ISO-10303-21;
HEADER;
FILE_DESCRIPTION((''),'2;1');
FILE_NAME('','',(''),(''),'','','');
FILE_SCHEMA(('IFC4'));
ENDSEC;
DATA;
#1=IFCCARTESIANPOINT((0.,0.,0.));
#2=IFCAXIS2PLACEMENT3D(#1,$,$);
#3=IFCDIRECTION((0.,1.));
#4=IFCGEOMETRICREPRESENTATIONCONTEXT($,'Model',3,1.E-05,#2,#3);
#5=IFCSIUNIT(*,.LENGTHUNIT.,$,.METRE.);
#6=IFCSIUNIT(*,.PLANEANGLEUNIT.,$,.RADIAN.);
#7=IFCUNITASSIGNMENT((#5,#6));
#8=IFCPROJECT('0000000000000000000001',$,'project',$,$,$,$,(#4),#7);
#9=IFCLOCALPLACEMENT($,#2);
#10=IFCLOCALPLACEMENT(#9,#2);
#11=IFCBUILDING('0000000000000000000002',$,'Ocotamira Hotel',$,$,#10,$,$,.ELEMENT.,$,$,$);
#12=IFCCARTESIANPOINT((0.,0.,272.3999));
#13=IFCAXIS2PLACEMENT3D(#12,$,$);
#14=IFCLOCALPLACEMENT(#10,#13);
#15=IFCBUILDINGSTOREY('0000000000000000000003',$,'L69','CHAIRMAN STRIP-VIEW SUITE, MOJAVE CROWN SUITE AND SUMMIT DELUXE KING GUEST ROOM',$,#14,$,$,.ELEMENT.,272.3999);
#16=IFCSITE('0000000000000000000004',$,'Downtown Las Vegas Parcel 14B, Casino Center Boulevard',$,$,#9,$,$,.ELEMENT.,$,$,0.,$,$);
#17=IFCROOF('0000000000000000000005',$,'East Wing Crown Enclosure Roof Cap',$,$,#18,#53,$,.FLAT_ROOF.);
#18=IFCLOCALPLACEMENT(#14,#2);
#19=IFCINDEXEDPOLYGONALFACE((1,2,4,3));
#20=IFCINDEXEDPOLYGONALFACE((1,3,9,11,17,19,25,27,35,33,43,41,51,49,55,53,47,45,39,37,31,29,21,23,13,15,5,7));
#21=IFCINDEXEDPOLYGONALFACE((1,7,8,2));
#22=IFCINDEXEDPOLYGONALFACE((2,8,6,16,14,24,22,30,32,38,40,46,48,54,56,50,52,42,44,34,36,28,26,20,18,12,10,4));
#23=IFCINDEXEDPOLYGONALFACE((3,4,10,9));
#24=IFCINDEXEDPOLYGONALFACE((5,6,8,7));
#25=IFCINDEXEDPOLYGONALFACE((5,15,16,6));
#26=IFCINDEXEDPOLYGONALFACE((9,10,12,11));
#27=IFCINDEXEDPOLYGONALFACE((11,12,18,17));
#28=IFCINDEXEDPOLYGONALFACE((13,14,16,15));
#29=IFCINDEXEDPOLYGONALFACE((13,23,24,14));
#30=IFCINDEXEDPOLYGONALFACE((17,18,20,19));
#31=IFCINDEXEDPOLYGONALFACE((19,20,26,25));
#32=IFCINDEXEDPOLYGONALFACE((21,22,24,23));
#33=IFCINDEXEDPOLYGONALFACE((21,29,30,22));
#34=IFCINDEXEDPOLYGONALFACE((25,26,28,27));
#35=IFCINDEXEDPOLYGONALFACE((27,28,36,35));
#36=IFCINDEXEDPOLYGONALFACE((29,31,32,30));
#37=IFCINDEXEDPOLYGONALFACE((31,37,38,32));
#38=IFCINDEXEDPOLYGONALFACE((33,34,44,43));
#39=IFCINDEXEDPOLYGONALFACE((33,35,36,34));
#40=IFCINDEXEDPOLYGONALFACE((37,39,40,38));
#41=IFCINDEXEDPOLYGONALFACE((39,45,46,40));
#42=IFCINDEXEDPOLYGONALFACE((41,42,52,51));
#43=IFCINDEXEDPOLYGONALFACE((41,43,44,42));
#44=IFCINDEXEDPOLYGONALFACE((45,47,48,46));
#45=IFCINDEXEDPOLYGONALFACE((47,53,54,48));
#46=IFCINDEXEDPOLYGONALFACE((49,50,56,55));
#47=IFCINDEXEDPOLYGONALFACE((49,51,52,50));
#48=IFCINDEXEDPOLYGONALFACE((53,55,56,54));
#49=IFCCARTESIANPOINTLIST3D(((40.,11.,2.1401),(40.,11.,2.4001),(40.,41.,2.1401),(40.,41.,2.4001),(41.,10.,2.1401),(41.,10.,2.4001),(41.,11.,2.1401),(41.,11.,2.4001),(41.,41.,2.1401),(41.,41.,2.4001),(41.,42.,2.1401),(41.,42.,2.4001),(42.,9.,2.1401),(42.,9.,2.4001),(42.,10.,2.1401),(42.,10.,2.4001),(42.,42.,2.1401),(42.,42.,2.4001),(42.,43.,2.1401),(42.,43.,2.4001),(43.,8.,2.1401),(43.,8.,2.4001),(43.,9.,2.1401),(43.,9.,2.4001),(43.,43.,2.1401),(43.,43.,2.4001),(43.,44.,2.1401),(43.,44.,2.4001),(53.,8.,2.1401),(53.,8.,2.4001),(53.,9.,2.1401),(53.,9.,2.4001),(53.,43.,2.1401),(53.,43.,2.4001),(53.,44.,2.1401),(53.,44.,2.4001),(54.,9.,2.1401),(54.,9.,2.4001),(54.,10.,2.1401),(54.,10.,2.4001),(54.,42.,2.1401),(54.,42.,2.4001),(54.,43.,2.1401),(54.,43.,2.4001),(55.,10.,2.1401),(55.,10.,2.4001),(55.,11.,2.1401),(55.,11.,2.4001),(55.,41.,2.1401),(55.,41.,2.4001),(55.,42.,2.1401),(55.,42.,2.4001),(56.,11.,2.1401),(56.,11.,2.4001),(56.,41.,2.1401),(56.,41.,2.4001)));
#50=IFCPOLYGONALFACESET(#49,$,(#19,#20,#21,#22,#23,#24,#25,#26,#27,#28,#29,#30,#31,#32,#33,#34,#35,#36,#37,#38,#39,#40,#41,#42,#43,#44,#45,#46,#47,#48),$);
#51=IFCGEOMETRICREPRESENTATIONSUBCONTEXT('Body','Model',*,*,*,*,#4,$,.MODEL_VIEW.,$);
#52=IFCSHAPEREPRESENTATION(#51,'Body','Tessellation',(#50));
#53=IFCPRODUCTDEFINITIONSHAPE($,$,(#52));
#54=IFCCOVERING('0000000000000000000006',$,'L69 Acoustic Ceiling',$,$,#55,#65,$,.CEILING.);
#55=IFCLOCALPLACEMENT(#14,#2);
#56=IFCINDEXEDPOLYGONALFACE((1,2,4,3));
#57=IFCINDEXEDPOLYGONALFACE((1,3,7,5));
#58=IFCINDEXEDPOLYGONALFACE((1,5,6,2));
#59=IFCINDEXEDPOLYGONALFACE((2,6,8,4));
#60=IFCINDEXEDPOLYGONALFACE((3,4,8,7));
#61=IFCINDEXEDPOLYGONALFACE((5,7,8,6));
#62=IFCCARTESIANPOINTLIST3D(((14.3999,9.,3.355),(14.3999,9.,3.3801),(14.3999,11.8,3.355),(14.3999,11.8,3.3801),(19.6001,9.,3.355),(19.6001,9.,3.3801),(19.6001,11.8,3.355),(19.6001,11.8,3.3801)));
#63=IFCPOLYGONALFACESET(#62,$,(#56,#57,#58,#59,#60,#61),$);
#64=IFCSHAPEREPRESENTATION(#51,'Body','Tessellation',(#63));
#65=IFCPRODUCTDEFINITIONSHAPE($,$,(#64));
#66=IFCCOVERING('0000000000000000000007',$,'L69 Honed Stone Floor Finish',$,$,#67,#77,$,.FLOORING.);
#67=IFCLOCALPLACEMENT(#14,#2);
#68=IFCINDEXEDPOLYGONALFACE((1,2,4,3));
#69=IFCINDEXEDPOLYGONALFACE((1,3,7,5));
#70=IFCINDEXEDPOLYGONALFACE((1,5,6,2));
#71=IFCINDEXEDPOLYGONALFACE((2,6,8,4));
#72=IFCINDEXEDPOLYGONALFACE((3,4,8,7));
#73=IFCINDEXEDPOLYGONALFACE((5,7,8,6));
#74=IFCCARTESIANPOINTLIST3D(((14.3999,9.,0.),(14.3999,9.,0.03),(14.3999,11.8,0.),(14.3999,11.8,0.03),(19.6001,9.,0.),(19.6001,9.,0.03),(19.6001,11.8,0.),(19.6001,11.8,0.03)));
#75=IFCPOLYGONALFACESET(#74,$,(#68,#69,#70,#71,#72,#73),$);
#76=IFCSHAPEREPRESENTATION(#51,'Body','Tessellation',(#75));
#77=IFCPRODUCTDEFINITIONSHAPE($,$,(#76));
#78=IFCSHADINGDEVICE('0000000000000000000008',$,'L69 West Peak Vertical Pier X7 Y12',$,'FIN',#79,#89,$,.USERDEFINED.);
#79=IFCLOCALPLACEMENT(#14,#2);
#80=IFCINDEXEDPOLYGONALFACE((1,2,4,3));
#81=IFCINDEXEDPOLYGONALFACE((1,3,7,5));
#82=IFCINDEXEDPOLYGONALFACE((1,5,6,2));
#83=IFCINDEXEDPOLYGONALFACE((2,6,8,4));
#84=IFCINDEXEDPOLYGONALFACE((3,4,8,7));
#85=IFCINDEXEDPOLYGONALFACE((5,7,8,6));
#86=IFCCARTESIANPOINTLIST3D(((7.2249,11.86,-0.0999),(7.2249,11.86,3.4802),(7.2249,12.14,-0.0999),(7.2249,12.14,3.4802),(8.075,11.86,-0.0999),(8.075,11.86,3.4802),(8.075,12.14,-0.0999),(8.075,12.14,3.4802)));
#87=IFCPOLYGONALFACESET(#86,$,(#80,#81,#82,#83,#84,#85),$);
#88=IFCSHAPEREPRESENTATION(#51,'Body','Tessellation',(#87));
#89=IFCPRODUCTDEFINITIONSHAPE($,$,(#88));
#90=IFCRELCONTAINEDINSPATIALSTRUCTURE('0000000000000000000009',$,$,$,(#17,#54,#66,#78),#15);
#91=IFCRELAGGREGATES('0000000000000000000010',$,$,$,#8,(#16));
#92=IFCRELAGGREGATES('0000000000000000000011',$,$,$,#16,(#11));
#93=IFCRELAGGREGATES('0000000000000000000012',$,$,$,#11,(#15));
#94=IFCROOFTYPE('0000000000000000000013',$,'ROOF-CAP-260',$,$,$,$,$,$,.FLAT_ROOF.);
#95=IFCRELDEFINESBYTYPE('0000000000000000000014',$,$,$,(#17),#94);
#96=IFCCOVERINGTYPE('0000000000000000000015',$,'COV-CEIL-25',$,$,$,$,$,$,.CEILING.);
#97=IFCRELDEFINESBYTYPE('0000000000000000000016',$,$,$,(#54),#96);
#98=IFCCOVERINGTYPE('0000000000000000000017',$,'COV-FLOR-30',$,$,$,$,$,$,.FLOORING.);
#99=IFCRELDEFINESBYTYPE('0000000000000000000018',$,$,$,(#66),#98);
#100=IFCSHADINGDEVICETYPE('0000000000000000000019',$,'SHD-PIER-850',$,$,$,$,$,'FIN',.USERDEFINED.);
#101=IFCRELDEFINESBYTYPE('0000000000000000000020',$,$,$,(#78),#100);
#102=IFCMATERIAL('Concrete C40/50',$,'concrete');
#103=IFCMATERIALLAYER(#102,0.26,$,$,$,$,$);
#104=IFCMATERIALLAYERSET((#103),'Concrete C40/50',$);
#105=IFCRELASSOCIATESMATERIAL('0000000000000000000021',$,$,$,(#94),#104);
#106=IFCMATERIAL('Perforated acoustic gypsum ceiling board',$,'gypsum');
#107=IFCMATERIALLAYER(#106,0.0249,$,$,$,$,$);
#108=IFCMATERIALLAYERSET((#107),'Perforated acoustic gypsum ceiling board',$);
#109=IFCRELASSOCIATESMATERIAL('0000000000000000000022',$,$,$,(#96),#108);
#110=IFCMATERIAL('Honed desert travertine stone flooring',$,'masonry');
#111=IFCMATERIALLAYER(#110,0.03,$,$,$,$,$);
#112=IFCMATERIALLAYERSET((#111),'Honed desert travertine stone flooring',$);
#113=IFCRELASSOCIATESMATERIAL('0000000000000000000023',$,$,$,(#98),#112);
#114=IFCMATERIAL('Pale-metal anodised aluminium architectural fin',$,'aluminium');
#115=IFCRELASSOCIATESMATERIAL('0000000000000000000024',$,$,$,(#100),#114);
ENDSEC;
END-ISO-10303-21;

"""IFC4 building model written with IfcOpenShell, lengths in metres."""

from ifc_helpers import new_model, si_unit, direction, frame, origin, origin_2d, place, context, subcontext, project, spatial, polyline, rectangle, outline, extrude, source, transform, mapped, material, layer, layer_set, type_object, element, save


model = new_model("IFC4")

# Units and contexts
model_context = context("Model", 3, precision=1e-05, world=origin(), true_north=direction((0.0, 1.0)))
body_context = subcontext(model_context, "Body", "Model", "MODEL_VIEW")
ifc_project = project(units=[si_unit("LENGTHUNIT", "METRE"), si_unit("PLANEANGLEUNIT", "RADIAN")], contexts=[model_context])

# Site, building, storey
site_placement = place(None, origin())
site = spatial("IfcSite", under=ifc_project, at=site_placement, Name="Downtown Las Vegas Parcel 14B, Casino Center Boulevard", CompositionType="ELEMENT", RefElevation=0.0)
building_placement = place(site_placement, origin())
building = spatial("IfcBuilding", under=site, at=building_placement, Name="Ocotamira Hotel", CompositionType="ELEMENT")
storey_placement = place(building_placement, frame((0.0, 0.0, 272.3999)))
storey = spatial("IfcBuildingStorey", under=building, at=storey_placement, Name="L69", Description="CHAIRMAN STRIP-VIEW SUITE, MOJAVE CROWN SUITE AND SUMMIT DELUXE KING GUEST ROOM", CompositionType="ELEMENT", Elevation=272.3999)

# Shared definitions
ifc_material_1 = material(Name="Concrete C40/50", Category="concrete")

# Roof
ifc_layer_1 = layer(ifc_material_1, 0.26)
ifc_layer_set_1 = layer_set([ifc_layer_1], Name="Concrete C40/50")
roof_type = type_object("IfcRoofType", Name="ROOF-CAP-260", PredefinedType="FLAT_ROOF", material=ifc_layer_set_1)
roof_placement = place(storey_placement, frame((0.0, 0.0, 2.1401)))
element("IfcRoof", 1, at=roof_placement, inside=storey, type_object=roof_type, Name="East Wing Crown Enclosure Roof Cap", PredefinedType="FLAT_ROOF", context=body_context, shape_type="SweptSolid", body=[
    extrude(outline(polyline([(43.0, 8.0), (53.0, 8.0), (53.0, 9.0), (54.0, 9.0), (54.0, 10.0), (55.0, 10.0), (55.0, 11.0), (56.0, 11.0), (56.0, 41.0), (55.0, 41.0), (55.0, 42.0), (54.0, 42.0), (54.0, 43.0), (53.0, 43.0), (53.0, 44.0), (43.0, 44.0), (43.0, 43.0), (42.0, 43.0), (42.0, 42.0), (41.0, 42.0), (41.0, 41.0), (40.0, 41.0), (40.0, 11.0), (41.0, 11.0), (41.0, 10.0), (42.0, 10.0), (42.0, 9.0), (43.0, 9.0), (43.0, 8.0)])), origin(), (0.0, 0.0, 1.0), 0.26),
])

# Coverings
ifc_material_2 = material(Name="Perforated acoustic gypsum ceiling board", Category="gypsum")
ifc_layer_2 = layer(ifc_material_2, 0.0249)
ifc_layer_set_2 = layer_set([ifc_layer_2], Name="Perforated acoustic gypsum ceiling board")
covering_type_1 = type_object("IfcCoveringType", Name="COV-CEIL-25", PredefinedType="CEILING", material=ifc_layer_set_2)
covering_1_placement = place(storey_placement, frame((0.0, 0.0, 3.355)))
element("IfcCovering", 2, at=covering_1_placement, inside=storey, type_object=covering_type_1, Name="L69 Acoustic Ceiling", PredefinedType="CEILING", context=body_context, shape_type="SweptSolid", body=[
    extrude(outline(polyline([(14.3999, 9.0), (19.6001, 9.0), (19.6001, 11.8), (14.3999, 11.8), (14.3999, 9.0)])), origin(), (0.0, 0.0, 1.0), 0.0251),
])
ifc_material_3 = material(Name="Honed desert travertine stone flooring", Category="masonry")
ifc_layer_3 = layer(ifc_material_3, 0.03)
ifc_layer_set_3 = layer_set([ifc_layer_3], Name="Honed desert travertine stone flooring")
covering_type_2 = type_object("IfcCoveringType", Name="COV-FLOR-30", PredefinedType="FLOORING", material=ifc_layer_set_3)
covering_2_placement = place(storey_placement, origin())
element("IfcCovering", 3, at=covering_2_placement, inside=storey, type_object=covering_type_2, Name="L69 Honed Stone Floor Finish", PredefinedType="FLOORING", context=body_context, shape_type="SweptSolid", body=[
    extrude(outline(polyline([(14.3999, 9.0), (19.6001, 9.0), (19.6001, 11.8), (14.3999, 11.8), (14.3999, 9.0)])), origin(), (0.0, 0.0, 1.0), 0.03),
])

# Shading device
ifc_material_4 = material(Name="Pale-metal anodised aluminium architectural fin", Category="aluminium")
shading_device_type = type_object("IfcShadingDeviceType", Name="SHD-PIER-850", ElementType="FIN", PredefinedType="USERDEFINED", material=ifc_material_4)
shared_shape_1 = source(origin(), body_context, "Body", "SweptSolid", [
    extrude(rectangle(XDim=0.8501, YDim=0.28, at=origin_2d()), origin(), (0.0, 0.0, 1.0), 3.5801),
])
shading_device_placement = place(storey_placement, frame((7.6499, 12.0, -0.0999), z_axis=(0.0, 0.0, 1.0), x_axis=(1.0, 0.0, 0.0)))
element("IfcShadingDevice", 4, at=shading_device_placement, inside=storey, type_object=shading_device_type, Name="L69 West Peak Vertical Pier X7 Y12", ObjectType="FIN", PredefinedType="USERDEFINED", context=body_context, shape_type="MappedRepresentation", body=[
    mapped(shared_shape_1, transform((0.0, 0.0, 0.0), scale=1.0)),
])

save(model, "model.ifc")
